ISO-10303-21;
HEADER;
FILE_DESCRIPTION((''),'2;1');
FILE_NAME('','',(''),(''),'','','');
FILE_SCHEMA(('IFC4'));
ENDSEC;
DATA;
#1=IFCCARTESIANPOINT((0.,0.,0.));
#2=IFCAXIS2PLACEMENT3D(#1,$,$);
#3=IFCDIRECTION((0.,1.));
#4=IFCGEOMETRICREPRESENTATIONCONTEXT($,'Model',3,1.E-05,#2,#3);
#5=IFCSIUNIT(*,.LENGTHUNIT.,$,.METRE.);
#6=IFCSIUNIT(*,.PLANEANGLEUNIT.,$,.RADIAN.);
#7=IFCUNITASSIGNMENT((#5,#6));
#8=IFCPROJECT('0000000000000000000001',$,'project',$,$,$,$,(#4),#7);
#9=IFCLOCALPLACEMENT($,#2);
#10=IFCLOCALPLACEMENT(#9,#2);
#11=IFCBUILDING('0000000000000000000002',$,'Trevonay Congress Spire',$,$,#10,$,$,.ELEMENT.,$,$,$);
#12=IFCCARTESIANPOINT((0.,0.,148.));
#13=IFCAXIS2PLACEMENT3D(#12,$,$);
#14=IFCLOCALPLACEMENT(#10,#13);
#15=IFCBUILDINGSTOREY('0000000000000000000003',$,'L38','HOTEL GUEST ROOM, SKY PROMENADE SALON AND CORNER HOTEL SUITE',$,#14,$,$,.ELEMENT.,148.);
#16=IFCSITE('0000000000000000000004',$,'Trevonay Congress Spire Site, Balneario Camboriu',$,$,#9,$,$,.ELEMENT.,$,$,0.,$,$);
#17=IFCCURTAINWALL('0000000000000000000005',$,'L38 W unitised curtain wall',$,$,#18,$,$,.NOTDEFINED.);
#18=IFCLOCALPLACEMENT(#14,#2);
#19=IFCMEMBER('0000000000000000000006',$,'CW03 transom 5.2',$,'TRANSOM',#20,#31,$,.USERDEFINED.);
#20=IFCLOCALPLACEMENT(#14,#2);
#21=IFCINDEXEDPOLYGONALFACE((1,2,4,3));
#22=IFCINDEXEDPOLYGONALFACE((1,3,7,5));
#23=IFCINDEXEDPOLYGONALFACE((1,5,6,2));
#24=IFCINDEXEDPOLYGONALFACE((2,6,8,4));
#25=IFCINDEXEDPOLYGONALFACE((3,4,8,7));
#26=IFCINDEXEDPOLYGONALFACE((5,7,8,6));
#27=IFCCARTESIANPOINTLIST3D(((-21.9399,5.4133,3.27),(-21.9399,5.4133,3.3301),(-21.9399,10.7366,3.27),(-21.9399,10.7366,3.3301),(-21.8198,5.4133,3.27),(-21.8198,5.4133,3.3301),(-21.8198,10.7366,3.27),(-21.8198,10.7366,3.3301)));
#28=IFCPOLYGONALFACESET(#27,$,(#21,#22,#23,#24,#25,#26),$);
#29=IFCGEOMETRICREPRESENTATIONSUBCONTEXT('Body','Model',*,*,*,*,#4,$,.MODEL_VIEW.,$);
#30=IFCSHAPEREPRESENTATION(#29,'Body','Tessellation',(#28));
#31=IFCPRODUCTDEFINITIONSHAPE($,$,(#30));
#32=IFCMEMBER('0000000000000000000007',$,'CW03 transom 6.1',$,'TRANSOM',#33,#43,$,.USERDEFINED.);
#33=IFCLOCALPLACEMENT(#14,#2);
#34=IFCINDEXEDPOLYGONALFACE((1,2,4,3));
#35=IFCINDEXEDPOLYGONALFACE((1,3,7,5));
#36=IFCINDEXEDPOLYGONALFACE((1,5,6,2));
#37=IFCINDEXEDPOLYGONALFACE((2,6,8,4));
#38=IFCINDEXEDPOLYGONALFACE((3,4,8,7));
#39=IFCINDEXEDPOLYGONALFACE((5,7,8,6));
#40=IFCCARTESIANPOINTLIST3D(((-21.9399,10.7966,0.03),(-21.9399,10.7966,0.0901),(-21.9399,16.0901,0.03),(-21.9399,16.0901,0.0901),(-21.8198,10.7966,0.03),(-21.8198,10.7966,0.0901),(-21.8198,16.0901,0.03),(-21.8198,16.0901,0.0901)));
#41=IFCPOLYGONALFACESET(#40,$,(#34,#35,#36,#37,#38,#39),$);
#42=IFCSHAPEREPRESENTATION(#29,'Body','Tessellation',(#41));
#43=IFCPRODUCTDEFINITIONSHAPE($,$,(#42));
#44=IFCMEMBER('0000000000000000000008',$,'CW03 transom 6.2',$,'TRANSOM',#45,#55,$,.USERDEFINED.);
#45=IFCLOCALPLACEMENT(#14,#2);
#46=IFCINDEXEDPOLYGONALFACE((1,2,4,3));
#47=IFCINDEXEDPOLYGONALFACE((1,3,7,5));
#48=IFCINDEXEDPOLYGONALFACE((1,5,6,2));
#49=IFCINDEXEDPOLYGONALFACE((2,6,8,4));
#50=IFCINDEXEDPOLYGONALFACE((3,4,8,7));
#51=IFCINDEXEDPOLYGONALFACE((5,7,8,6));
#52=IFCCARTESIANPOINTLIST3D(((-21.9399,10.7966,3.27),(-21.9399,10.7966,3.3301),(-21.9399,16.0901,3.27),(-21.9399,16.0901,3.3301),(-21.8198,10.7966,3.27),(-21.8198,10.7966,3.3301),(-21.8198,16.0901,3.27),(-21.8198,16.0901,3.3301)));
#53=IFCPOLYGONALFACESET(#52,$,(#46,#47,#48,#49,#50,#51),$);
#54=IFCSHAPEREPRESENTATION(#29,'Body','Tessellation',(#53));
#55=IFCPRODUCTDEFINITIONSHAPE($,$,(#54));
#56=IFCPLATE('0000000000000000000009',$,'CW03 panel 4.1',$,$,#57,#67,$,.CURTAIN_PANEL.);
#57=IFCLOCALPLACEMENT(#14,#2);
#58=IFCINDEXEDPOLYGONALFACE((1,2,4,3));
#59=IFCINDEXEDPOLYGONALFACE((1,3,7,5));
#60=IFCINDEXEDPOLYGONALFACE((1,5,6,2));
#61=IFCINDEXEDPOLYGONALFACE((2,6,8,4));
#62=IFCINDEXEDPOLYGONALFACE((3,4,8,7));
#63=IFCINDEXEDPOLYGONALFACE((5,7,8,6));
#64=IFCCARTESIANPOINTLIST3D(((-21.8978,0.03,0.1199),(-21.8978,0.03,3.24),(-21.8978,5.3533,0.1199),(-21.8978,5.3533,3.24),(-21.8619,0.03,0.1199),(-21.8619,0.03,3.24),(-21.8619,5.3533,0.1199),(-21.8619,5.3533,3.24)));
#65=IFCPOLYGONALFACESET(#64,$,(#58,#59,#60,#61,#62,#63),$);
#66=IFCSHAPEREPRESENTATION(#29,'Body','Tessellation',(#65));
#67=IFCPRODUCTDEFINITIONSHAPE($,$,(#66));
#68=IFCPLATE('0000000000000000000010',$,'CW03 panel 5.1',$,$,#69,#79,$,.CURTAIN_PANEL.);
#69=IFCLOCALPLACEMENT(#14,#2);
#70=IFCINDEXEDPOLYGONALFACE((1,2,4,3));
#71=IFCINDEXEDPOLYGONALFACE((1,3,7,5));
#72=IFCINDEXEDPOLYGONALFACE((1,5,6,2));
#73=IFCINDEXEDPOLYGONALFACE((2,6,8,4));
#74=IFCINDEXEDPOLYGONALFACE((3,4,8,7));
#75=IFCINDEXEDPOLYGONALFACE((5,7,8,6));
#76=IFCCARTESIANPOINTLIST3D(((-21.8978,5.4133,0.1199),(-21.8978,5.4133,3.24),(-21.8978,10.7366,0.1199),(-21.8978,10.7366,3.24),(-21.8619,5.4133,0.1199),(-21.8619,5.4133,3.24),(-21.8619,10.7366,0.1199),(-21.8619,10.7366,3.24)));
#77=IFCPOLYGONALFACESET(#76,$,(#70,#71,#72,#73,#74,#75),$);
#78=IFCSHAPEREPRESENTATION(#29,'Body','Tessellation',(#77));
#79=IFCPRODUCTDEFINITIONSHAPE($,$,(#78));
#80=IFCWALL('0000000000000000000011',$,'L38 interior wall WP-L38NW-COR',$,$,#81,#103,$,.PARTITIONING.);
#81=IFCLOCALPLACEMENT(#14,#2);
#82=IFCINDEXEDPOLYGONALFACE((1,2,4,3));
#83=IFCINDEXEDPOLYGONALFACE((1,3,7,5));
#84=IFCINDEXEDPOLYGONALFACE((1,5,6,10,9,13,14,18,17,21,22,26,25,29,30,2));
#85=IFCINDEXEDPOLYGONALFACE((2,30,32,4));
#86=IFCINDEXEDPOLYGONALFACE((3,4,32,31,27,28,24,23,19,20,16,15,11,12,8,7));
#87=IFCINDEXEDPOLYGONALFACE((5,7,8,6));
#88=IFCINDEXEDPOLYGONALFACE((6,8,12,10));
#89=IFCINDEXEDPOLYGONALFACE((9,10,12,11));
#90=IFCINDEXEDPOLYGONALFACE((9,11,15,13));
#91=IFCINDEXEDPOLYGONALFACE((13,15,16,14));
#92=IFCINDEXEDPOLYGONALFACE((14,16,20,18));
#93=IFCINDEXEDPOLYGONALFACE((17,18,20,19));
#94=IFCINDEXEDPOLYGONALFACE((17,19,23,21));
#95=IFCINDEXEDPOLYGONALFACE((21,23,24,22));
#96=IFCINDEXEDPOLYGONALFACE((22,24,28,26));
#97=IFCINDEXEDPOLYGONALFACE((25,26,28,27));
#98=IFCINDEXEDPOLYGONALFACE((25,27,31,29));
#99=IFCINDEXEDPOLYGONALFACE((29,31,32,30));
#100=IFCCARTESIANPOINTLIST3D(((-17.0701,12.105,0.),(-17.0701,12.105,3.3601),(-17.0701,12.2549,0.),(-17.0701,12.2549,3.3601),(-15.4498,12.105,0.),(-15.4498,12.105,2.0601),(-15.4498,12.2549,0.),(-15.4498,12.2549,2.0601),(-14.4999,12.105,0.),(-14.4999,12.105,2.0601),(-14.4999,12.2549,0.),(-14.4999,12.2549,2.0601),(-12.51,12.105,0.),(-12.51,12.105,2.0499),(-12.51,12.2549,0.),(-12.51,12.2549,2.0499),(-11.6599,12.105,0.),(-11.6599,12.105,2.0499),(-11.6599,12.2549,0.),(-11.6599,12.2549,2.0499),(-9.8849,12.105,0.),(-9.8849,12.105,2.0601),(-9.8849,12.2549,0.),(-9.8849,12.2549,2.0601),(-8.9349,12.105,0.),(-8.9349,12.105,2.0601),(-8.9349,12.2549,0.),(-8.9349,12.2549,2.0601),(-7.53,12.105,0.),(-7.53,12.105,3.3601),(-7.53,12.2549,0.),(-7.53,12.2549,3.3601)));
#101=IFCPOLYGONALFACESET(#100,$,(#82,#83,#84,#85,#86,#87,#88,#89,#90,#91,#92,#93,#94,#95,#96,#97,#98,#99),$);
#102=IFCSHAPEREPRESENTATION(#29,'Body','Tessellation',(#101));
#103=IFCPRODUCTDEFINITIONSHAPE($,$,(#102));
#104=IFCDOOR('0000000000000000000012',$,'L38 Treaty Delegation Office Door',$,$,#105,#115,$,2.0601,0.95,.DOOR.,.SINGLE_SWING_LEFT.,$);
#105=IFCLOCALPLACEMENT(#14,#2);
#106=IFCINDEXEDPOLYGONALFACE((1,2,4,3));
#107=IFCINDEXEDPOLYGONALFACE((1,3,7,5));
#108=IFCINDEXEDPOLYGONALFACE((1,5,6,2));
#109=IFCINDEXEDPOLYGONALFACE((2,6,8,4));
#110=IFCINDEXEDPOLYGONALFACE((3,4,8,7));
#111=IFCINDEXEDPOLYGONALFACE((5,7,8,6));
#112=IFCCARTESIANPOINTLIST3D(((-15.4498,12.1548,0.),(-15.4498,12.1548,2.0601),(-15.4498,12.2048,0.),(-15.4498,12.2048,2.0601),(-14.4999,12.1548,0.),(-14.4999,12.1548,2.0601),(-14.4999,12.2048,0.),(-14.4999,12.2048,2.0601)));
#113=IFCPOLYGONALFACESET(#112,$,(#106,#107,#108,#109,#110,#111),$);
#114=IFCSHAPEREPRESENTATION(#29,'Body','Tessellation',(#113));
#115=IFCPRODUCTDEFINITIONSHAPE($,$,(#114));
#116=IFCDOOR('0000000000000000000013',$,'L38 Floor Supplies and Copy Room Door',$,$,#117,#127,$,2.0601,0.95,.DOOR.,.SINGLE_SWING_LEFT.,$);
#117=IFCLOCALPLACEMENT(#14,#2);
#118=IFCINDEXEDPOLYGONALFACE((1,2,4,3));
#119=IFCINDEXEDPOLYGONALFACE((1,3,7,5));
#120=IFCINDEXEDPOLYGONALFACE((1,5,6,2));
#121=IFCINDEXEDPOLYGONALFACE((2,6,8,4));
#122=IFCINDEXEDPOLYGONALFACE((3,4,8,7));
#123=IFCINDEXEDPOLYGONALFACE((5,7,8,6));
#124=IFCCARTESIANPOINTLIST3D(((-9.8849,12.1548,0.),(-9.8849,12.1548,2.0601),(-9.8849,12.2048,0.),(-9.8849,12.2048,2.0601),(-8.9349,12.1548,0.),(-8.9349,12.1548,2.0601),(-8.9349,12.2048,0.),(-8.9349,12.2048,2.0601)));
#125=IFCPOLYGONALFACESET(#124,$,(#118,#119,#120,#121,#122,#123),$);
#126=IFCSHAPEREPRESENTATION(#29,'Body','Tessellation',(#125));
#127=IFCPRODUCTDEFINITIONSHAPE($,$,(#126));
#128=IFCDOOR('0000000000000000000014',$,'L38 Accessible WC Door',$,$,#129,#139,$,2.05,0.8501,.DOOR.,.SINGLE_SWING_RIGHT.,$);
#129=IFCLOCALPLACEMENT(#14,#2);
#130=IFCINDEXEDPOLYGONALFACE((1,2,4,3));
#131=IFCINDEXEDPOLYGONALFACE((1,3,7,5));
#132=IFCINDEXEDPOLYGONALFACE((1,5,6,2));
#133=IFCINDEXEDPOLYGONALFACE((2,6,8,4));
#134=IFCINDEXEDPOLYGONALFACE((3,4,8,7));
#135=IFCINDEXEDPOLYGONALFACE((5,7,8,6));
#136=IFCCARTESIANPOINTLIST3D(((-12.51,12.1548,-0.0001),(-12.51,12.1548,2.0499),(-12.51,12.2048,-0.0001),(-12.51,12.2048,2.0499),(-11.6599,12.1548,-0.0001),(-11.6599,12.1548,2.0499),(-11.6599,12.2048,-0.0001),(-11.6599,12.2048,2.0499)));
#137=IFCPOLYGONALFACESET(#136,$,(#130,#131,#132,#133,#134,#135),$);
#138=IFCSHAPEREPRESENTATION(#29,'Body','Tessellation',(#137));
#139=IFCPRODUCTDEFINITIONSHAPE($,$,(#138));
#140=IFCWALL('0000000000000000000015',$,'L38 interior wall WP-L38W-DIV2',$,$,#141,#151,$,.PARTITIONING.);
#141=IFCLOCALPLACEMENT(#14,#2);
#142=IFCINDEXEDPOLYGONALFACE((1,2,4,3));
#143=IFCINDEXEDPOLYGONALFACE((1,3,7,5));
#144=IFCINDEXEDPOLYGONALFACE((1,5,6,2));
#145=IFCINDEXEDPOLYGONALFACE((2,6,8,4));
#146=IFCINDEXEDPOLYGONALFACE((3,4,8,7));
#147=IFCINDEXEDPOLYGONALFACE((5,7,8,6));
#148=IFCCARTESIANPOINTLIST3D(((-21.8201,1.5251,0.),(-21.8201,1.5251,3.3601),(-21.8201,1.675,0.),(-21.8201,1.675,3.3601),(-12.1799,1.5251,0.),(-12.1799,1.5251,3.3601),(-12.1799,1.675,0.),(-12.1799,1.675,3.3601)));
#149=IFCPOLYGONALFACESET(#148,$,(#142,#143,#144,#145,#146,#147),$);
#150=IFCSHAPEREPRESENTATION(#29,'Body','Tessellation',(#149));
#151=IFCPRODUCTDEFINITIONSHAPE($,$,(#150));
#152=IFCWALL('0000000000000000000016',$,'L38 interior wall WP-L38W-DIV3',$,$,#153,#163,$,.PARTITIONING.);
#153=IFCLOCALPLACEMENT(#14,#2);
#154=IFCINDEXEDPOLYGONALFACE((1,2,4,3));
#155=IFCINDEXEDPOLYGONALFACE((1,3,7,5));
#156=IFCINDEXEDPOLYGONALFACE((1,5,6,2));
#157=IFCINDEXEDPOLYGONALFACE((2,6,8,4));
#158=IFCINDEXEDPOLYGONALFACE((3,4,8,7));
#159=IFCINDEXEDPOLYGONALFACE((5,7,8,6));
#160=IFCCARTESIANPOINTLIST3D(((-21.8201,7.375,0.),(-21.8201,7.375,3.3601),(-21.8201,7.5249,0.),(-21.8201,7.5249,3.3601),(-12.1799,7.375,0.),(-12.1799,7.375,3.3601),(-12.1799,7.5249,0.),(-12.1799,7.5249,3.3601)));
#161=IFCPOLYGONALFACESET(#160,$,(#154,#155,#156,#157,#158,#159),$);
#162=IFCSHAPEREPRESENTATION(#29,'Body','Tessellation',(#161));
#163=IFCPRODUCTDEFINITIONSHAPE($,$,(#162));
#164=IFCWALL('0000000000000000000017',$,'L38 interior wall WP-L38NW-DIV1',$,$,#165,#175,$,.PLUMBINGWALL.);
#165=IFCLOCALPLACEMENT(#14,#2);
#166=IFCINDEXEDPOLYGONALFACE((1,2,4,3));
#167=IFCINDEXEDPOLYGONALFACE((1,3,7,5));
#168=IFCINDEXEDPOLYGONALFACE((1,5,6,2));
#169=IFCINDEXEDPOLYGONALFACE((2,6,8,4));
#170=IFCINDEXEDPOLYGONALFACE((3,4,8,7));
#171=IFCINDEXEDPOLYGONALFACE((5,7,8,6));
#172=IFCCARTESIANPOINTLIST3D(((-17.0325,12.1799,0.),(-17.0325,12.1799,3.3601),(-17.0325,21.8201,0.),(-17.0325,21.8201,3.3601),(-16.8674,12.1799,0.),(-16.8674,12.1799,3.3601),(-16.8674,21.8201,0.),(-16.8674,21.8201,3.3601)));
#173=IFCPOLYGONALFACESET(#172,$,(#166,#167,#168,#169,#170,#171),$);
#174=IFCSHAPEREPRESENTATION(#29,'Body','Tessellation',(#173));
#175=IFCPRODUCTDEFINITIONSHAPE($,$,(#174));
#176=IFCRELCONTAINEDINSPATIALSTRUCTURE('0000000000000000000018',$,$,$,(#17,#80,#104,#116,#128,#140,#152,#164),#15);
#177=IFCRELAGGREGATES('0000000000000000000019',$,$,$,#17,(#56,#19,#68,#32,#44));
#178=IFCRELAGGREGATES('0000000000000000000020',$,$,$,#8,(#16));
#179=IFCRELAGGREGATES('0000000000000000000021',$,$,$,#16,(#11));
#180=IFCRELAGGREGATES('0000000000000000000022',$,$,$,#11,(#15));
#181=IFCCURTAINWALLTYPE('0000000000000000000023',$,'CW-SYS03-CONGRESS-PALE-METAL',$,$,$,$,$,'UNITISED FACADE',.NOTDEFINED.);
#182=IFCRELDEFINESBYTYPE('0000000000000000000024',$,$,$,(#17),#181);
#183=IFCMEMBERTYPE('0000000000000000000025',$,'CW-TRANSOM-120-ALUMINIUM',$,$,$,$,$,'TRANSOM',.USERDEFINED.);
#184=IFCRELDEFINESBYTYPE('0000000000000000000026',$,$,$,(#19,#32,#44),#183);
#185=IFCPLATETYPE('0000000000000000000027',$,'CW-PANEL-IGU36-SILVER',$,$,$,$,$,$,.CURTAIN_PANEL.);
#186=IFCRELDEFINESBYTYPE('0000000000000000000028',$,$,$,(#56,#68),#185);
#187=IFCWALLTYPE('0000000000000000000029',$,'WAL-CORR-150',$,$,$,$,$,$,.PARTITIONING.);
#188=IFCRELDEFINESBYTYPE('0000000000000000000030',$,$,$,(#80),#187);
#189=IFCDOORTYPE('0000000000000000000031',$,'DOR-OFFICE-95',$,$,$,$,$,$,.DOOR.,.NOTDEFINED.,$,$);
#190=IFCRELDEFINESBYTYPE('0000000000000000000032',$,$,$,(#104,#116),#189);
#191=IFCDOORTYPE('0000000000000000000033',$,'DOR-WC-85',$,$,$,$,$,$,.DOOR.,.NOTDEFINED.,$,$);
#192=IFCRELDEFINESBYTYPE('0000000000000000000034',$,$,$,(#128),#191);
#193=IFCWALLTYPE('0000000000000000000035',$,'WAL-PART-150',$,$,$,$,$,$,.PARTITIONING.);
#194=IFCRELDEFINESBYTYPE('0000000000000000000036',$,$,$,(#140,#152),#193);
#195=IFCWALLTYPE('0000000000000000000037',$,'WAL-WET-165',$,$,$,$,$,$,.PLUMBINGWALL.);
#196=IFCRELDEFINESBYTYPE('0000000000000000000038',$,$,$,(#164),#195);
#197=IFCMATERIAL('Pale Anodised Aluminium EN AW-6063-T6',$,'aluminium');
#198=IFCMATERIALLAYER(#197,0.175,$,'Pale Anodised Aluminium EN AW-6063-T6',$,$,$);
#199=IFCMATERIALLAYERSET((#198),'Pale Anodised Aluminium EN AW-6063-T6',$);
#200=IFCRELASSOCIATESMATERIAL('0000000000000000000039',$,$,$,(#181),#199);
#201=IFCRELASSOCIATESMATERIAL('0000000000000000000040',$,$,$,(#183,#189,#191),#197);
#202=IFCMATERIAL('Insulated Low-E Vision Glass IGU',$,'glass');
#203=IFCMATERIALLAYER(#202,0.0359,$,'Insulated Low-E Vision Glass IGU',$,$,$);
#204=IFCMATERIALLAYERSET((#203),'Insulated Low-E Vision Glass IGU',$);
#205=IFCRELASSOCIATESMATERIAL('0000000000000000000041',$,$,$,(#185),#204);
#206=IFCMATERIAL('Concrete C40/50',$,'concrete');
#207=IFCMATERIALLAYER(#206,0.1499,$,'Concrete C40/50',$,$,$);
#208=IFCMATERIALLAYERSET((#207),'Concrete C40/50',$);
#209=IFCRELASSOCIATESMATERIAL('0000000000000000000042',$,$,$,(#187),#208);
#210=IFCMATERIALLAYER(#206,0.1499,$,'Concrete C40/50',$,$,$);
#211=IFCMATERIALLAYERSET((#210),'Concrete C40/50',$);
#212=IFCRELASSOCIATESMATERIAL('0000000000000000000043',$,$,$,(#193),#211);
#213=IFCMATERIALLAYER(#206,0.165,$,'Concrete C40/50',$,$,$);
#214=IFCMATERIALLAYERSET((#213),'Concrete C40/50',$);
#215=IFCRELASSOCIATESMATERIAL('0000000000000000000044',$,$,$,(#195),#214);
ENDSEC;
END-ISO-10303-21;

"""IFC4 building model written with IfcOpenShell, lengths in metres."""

from ifc_helpers import new_model, si_unit, direction, frame, frame_2d, origin, origin_2d, place, context, subcontext, project, spatial, rectangle, extrude, material, layer, layer_set, material_profile, profile_set, type_object, element, fill, aggregate, save


model = new_model("IFC4")

# Units and contexts
model_context = context("Model", 3, precision=1e-05, world=origin(), true_north=direction((0.0, 1.0)))
body_context = subcontext(model_context, "Body", "Model", "MODEL_VIEW")
ifc_project = project(units=[si_unit("LENGTHUNIT", "METRE"), si_unit("PLANEANGLEUNIT", "RADIAN")], contexts=[model_context])

# Site, building, storey
site_placement = place(None, origin())
site = spatial("IfcSite", under=ifc_project, at=site_placement, Name="Trevonay Congress Spire Site, Balneario Camboriu", CompositionType="ELEMENT", RefElevation=0.0)
building_placement = place(site_placement, origin())
building = spatial("IfcBuilding", under=site, at=building_placement, Name="Trevonay Congress Spire", CompositionType="ELEMENT")
storey_placement = place(building_placement, frame((0.0, 0.0, 148.0)))
storey = spatial("IfcBuildingStorey", under=building, at=storey_placement, Name="L38", Description="HOTEL GUEST ROOM, SKY PROMENADE SALON AND CORNER HOTEL SUITE", CompositionType="ELEMENT", Elevation=148.0)

# Curtain wall, members, plates
ifc_material_1 = material(Name="Pale Anodised Aluminium EN AW-6063-T6", Category="aluminium")
ifc_layer_1 = layer(ifc_material_1, 0.175, Name="Pale Anodised Aluminium EN AW-6063-T6")
ifc_layer_set_1 = layer_set([ifc_layer_1], Name="Pale Anodised Aluminium EN AW-6063-T6")
curtain_wall_type = type_object("IfcCurtainWallType", Name="CW-SYS03-CONGRESS-PALE-METAL", ElementType="UNITISED FACADE", PredefinedType="NOTDEFINED", material=ifc_layer_set_1)
curtain_wall_placement = place(storey_placement, origin())
curtain_wall = element("IfcCurtainWall", 1, at=curtain_wall_placement, inside=storey, type_object=curtain_wall_type, Name="L38 W unitised curtain wall", PredefinedType="NOTDEFINED")
ifc_material_profile_1 = material_profile(ifc_material_1, rectangle(XDim=0.1201, YDim=0.0601, at=origin_2d()), Name="CW-TRANSOM-120-ALUMINIUM")
ifc_profile_set_1 = profile_set([ifc_material_profile_1], Name="Pale Anodised Aluminium EN AW-6063-T6")
member_type_1 = type_object("IfcMemberType", Name="CW-TRANSOM-120-ALUMINIUM", ElementType="TRANSOM", PredefinedType="USERDEFINED", material=ifc_profile_set_1)
member_1_placement = place(storey_placement, frame((-21.8799, 5.4133, 3.3), z_axis=(0.0, 1.0, 0.0), x_axis=(-1.0, 0.0, 0.0)))
member_1 = element("IfcMember", 2, at=member_1_placement, type_object=member_type_1, Name="CW03 transom 5.2", ObjectType="TRANSOM", PredefinedType="USERDEFINED", context=body_context, shape_type="SweptSolid", body=[
    extrude(rectangle(XDim=0.1201, YDim=0.0601, at=origin_2d()), origin(), (0.0, 0.0, 1.0), 5.3232),
])
member_2_placement = place(storey_placement, frame((-21.8799, 10.7966, 0.0601), z_axis=(0.0, 1.0, 0.0), x_axis=(-1.0, 0.0, 0.0)))
member_2 = element("IfcMember", 3, at=member_2_placement, type_object=member_type_1, Name="CW03 transom 6.1", ObjectType="TRANSOM", PredefinedType="USERDEFINED", context=body_context, shape_type="SweptSolid", body=[
    extrude(rectangle(XDim=0.1201, YDim=0.0601, at=origin_2d()), origin(), (0.0, 0.0, 1.0), 5.2935),
])
member_3_placement = place(storey_placement, frame((-21.8799, 10.7966, 3.3), z_axis=(0.0, 1.0, 0.0), x_axis=(-1.0, 0.0, 0.0)))
member_3 = element("IfcMember", 4, at=member_3_placement, type_object=member_type_1, Name="CW03 transom 6.2", ObjectType="TRANSOM", PredefinedType="USERDEFINED", context=body_context, shape_type="SweptSolid", body=[
    extrude(rectangle(XDim=0.1201, YDim=0.0601, at=origin_2d()), origin(), (0.0, 0.0, 1.0), 5.2935),
])
ifc_material_2 = material(Name="Insulated Low-E Vision Glass IGU", Category="glass")
ifc_layer_2 = layer(ifc_material_2, 0.0359, Name="Insulated Low-E Vision Glass IGU")
ifc_layer_set_2 = layer_set([ifc_layer_2], Name="Insulated Low-E Vision Glass IGU")
plate_type = type_object("IfcPlateType", Name="CW-PANEL-IGU36-SILVER", PredefinedType="CURTAIN_PANEL", material=ifc_layer_set_2)
plate_1_placement = place(storey_placement, frame((-21.8799, 2.6917, 0.1199), z_axis=(0.0, 0.0, 1.0), x_axis=(0.0, 1.0, 0.0)))
plate_1 = element("IfcPlate", 5, at=plate_1_placement, type_object=plate_type, Name="CW03 panel 4.1", PredefinedType="CURTAIN_PANEL", context=body_context, shape_type="SweptSolid", body=[
    extrude(rectangle(XDim=5.3232, YDim=0.0359, at=origin_2d()), origin(), (0.0, 0.0, 1.0), 3.1201),
])
plate_2_placement = place(storey_placement, frame((-21.8799, 8.075, 0.1199), z_axis=(0.0, 0.0, 1.0), x_axis=(0.0, 1.0, 0.0)))
plate_2 = element("IfcPlate", 6, at=plate_2_placement, type_object=plate_type, Name="CW03 panel 5.1", PredefinedType="CURTAIN_PANEL", context=body_context, shape_type="SweptSolid", body=[
    extrude(rectangle(XDim=5.3232, YDim=0.0359, at=origin_2d()), origin(), (0.0, 0.0, 1.0), 3.1201),
])
aggregate(curtain_wall, [plate_1, member_1, plate_2, member_2, member_3])

# Wall, openings, doors
ifc_material_3 = material(Name="Concrete C40/50", Category="concrete")
ifc_layer_3 = layer(ifc_material_3, 0.1499, Name="Concrete C40/50")
ifc_layer_set_3 = layer_set([ifc_layer_3], Name="Concrete C40/50")
wall_type_1 = type_object("IfcWallType", Name="WAL-CORR-150", PredefinedType="PARTITIONING", material=ifc_layer_set_3)
wall_placement = place(storey_placement, frame((-17.0701, 12.1799, 0.0), z_axis=(0.0, 0.0, 1.0), x_axis=(1.0, 0.0, 0.0)))
wall = element("IfcWall", 7, at=wall_placement, inside=storey, type_object=wall_type_1, Name="L38 interior wall WP-L38NW-COR", PredefinedType="PARTITIONING", context=body_context, shape_type="SweptSolid", body=[
    extrude(rectangle(XDim=9.54, YDim=0.1499, at=frame_2d((4.77, 0.0))), origin(), (0.0, 0.0, 1.0), 3.3601),
])
opening_1_placement = place(wall_placement, frame((1.6201, 0.0, 0.0)))
opening_1 = element("IfcOpeningElement", 8, at=opening_1_placement, cuts=wall, PredefinedType="OPENING", context=body_context, shape_type="SweptSolid", body=[
    extrude(rectangle(XDim=0.95, YDim=2.0601, at=frame_2d((0.4751, 1.03))), frame((0.0, 0.085, 0.0), z_axis=(0.0, -1.0, 0.0), x_axis=(1.0, 0.0, 0.0)), (0.0, 0.0, 1.0), 0.1699),
])
opening_2_placement = place(wall_placement, frame((4.5601, 0.0, 0.0)))
opening_2 = element("IfcOpeningElement", 9, at=opening_2_placement, cuts=wall, PredefinedType="OPENING", context=body_context, shape_type="SweptSolid", body=[
    extrude(rectangle(XDim=0.8501, YDim=2.05, at=frame_2d((0.425, 1.0249))), frame((0.0, 0.085, 0.0), z_axis=(0.0, -1.0, 0.0), x_axis=(1.0, 0.0, 0.0)), (0.0, 0.0, 1.0), 0.1699),
])
opening_3_placement = place(wall_placement, frame((7.1851, 0.0, 0.0)))
opening_3 = element("IfcOpeningElement", 10, at=opening_3_placement, cuts=wall, PredefinedType="OPENING", context=body_context, shape_type="SweptSolid", body=[
    extrude(rectangle(XDim=0.95, YDim=2.0601, at=frame_2d((0.4751, 1.03))), frame((0.0, 0.085, 0.0), z_axis=(0.0, -1.0, 0.0), x_axis=(1.0, 0.0, 0.0)), (0.0, 0.0, 1.0), 0.1699),
])
door_type_1 = type_object("IfcDoorType", Name="DOR-OFFICE-95", OperationType="NOTDEFINED", PredefinedType="DOOR", material=ifc_material_1)
door_1_placement = place(opening_1_placement, origin())
door_1 = element("IfcDoor", 11, at=door_1_placement, inside=storey, type_object=door_type_1, Name="L38 Treaty Delegation Office Door", OperationType="SINGLE_SWING_LEFT", OverallHeight=2.0601, OverallWidth=0.95, PredefinedType="DOOR", context=body_context, shape_type="SweptSolid", body=[
    extrude(rectangle(XDim=0.95, YDim=2.0601, at=frame_2d((0.4751, 1.03))), frame((0.0, 0.0249, 0.0), z_axis=(0.0, -1.0, 0.0), x_axis=(1.0, 0.0, 0.0)), (0.0, 0.0, 1.0), 0.05),
])
fill(opening_1, door_1)
door_2_placement = place(opening_3_placement, origin())
door_2 = element("IfcDoor", 12, at=door_2_placement, inside=storey, type_object=door_type_1, Name="L38 Floor Supplies and Copy Room Door", OperationType="SINGLE_SWING_LEFT", OverallHeight=2.0601, OverallWidth=0.95, PredefinedType="DOOR", context=body_context, shape_type="SweptSolid", body=[
    extrude(rectangle(XDim=0.95, YDim=2.0601, at=frame_2d((0.4751, 1.03))), frame((0.0, 0.0249, 0.0), z_axis=(0.0, -1.0, 0.0), x_axis=(1.0, 0.0, 0.0)), (0.0, 0.0, 1.0), 0.05),
])
fill(opening_3, door_2)
door_type_2 = type_object("IfcDoorType", Name="DOR-WC-85", OperationType="NOTDEFINED", PredefinedType="DOOR", material=ifc_material_1)
door_3_placement = place(opening_2_placement, origin())
door_3 = element("IfcDoor", 13, at=door_3_placement, inside=storey, type_object=door_type_2, Name="L38 Accessible WC Door", OperationType="SINGLE_SWING_RIGHT", OverallHeight=2.05, OverallWidth=0.8501, PredefinedType="DOOR", context=body_context, shape_type="SweptSolid", body=[
    extrude(rectangle(XDim=0.8501, YDim=2.05, at=frame_2d((0.425, 1.0249))), frame((0.0, 0.0249, 0.0), z_axis=(0.0, -1.0, 0.0), x_axis=(1.0, 0.0, 0.0)), (0.0, 0.0, 1.0), 0.05),
])
fill(opening_2, door_3)

# Walls
ifc_layer_4 = layer(ifc_material_3, 0.1499, Name="Concrete C40/50")
ifc_layer_set_4 = layer_set([ifc_layer_4], Name="Concrete C40/50")
wall_type_2 = type_object("IfcWallType", Name="WAL-PART-150", PredefinedType="PARTITIONING", material=ifc_layer_set_4)
for number, where, z_axis, x_axis, name in (
    (14, (-21.8201, 1.6001, 0.0), (0.0, 0.0, 1.0), (1.0, 0.0, 0.0), "L38 interior wall WP-L38W-DIV2"),
    (15, (-21.8201, 7.45, 0.0), (0.0, 0.0, 1.0), (1.0, 0.0, 0.0), "L38 interior wall WP-L38W-DIV3"),
):
    element("IfcWall", number, at=place(storey_placement, frame(where, z_axis=z_axis, x_axis=x_axis)), inside=storey, type_object=wall_type_2, Name=name, PredefinedType="PARTITIONING", context=body_context, shape_type="SweptSolid", body=[
        extrude(rectangle(XDim=9.6401, YDim=0.1499, at=frame_2d((4.8201, 0.0))), origin(), (0.0, 0.0, 1.0), 3.3601),
    ])
ifc_layer_5 = layer(ifc_material_3, 0.165, Name="Concrete C40/50")
ifc_layer_set_5 = layer_set([ifc_layer_5], Name="Concrete C40/50")
wall_type_3 = type_object("IfcWallType", Name="WAL-WET-165", PredefinedType="PLUMBINGWALL", material=ifc_layer_set_5)
for number, where, z_axis, x_axis, name in (
    (16, (-16.95, 12.1799, 0.0), (0.0, 0.0, 1.0), (0.0, 1.0, 0.0), "L38 interior wall WP-L38NW-DIV1"),
):
    element("IfcWall", number, at=place(storey_placement, frame(where, z_axis=z_axis, x_axis=x_axis)), inside=storey, type_object=wall_type_3, Name=name, PredefinedType="PLUMBINGWALL", context=body_context, shape_type="SweptSolid", body=[
        extrude(rectangle(XDim=9.6401, YDim=0.165, at=frame_2d((4.8201, 0.0))), origin(), (0.0, 0.0, 1.0), 3.3601),
    ])

save(model, "model.ifc")
